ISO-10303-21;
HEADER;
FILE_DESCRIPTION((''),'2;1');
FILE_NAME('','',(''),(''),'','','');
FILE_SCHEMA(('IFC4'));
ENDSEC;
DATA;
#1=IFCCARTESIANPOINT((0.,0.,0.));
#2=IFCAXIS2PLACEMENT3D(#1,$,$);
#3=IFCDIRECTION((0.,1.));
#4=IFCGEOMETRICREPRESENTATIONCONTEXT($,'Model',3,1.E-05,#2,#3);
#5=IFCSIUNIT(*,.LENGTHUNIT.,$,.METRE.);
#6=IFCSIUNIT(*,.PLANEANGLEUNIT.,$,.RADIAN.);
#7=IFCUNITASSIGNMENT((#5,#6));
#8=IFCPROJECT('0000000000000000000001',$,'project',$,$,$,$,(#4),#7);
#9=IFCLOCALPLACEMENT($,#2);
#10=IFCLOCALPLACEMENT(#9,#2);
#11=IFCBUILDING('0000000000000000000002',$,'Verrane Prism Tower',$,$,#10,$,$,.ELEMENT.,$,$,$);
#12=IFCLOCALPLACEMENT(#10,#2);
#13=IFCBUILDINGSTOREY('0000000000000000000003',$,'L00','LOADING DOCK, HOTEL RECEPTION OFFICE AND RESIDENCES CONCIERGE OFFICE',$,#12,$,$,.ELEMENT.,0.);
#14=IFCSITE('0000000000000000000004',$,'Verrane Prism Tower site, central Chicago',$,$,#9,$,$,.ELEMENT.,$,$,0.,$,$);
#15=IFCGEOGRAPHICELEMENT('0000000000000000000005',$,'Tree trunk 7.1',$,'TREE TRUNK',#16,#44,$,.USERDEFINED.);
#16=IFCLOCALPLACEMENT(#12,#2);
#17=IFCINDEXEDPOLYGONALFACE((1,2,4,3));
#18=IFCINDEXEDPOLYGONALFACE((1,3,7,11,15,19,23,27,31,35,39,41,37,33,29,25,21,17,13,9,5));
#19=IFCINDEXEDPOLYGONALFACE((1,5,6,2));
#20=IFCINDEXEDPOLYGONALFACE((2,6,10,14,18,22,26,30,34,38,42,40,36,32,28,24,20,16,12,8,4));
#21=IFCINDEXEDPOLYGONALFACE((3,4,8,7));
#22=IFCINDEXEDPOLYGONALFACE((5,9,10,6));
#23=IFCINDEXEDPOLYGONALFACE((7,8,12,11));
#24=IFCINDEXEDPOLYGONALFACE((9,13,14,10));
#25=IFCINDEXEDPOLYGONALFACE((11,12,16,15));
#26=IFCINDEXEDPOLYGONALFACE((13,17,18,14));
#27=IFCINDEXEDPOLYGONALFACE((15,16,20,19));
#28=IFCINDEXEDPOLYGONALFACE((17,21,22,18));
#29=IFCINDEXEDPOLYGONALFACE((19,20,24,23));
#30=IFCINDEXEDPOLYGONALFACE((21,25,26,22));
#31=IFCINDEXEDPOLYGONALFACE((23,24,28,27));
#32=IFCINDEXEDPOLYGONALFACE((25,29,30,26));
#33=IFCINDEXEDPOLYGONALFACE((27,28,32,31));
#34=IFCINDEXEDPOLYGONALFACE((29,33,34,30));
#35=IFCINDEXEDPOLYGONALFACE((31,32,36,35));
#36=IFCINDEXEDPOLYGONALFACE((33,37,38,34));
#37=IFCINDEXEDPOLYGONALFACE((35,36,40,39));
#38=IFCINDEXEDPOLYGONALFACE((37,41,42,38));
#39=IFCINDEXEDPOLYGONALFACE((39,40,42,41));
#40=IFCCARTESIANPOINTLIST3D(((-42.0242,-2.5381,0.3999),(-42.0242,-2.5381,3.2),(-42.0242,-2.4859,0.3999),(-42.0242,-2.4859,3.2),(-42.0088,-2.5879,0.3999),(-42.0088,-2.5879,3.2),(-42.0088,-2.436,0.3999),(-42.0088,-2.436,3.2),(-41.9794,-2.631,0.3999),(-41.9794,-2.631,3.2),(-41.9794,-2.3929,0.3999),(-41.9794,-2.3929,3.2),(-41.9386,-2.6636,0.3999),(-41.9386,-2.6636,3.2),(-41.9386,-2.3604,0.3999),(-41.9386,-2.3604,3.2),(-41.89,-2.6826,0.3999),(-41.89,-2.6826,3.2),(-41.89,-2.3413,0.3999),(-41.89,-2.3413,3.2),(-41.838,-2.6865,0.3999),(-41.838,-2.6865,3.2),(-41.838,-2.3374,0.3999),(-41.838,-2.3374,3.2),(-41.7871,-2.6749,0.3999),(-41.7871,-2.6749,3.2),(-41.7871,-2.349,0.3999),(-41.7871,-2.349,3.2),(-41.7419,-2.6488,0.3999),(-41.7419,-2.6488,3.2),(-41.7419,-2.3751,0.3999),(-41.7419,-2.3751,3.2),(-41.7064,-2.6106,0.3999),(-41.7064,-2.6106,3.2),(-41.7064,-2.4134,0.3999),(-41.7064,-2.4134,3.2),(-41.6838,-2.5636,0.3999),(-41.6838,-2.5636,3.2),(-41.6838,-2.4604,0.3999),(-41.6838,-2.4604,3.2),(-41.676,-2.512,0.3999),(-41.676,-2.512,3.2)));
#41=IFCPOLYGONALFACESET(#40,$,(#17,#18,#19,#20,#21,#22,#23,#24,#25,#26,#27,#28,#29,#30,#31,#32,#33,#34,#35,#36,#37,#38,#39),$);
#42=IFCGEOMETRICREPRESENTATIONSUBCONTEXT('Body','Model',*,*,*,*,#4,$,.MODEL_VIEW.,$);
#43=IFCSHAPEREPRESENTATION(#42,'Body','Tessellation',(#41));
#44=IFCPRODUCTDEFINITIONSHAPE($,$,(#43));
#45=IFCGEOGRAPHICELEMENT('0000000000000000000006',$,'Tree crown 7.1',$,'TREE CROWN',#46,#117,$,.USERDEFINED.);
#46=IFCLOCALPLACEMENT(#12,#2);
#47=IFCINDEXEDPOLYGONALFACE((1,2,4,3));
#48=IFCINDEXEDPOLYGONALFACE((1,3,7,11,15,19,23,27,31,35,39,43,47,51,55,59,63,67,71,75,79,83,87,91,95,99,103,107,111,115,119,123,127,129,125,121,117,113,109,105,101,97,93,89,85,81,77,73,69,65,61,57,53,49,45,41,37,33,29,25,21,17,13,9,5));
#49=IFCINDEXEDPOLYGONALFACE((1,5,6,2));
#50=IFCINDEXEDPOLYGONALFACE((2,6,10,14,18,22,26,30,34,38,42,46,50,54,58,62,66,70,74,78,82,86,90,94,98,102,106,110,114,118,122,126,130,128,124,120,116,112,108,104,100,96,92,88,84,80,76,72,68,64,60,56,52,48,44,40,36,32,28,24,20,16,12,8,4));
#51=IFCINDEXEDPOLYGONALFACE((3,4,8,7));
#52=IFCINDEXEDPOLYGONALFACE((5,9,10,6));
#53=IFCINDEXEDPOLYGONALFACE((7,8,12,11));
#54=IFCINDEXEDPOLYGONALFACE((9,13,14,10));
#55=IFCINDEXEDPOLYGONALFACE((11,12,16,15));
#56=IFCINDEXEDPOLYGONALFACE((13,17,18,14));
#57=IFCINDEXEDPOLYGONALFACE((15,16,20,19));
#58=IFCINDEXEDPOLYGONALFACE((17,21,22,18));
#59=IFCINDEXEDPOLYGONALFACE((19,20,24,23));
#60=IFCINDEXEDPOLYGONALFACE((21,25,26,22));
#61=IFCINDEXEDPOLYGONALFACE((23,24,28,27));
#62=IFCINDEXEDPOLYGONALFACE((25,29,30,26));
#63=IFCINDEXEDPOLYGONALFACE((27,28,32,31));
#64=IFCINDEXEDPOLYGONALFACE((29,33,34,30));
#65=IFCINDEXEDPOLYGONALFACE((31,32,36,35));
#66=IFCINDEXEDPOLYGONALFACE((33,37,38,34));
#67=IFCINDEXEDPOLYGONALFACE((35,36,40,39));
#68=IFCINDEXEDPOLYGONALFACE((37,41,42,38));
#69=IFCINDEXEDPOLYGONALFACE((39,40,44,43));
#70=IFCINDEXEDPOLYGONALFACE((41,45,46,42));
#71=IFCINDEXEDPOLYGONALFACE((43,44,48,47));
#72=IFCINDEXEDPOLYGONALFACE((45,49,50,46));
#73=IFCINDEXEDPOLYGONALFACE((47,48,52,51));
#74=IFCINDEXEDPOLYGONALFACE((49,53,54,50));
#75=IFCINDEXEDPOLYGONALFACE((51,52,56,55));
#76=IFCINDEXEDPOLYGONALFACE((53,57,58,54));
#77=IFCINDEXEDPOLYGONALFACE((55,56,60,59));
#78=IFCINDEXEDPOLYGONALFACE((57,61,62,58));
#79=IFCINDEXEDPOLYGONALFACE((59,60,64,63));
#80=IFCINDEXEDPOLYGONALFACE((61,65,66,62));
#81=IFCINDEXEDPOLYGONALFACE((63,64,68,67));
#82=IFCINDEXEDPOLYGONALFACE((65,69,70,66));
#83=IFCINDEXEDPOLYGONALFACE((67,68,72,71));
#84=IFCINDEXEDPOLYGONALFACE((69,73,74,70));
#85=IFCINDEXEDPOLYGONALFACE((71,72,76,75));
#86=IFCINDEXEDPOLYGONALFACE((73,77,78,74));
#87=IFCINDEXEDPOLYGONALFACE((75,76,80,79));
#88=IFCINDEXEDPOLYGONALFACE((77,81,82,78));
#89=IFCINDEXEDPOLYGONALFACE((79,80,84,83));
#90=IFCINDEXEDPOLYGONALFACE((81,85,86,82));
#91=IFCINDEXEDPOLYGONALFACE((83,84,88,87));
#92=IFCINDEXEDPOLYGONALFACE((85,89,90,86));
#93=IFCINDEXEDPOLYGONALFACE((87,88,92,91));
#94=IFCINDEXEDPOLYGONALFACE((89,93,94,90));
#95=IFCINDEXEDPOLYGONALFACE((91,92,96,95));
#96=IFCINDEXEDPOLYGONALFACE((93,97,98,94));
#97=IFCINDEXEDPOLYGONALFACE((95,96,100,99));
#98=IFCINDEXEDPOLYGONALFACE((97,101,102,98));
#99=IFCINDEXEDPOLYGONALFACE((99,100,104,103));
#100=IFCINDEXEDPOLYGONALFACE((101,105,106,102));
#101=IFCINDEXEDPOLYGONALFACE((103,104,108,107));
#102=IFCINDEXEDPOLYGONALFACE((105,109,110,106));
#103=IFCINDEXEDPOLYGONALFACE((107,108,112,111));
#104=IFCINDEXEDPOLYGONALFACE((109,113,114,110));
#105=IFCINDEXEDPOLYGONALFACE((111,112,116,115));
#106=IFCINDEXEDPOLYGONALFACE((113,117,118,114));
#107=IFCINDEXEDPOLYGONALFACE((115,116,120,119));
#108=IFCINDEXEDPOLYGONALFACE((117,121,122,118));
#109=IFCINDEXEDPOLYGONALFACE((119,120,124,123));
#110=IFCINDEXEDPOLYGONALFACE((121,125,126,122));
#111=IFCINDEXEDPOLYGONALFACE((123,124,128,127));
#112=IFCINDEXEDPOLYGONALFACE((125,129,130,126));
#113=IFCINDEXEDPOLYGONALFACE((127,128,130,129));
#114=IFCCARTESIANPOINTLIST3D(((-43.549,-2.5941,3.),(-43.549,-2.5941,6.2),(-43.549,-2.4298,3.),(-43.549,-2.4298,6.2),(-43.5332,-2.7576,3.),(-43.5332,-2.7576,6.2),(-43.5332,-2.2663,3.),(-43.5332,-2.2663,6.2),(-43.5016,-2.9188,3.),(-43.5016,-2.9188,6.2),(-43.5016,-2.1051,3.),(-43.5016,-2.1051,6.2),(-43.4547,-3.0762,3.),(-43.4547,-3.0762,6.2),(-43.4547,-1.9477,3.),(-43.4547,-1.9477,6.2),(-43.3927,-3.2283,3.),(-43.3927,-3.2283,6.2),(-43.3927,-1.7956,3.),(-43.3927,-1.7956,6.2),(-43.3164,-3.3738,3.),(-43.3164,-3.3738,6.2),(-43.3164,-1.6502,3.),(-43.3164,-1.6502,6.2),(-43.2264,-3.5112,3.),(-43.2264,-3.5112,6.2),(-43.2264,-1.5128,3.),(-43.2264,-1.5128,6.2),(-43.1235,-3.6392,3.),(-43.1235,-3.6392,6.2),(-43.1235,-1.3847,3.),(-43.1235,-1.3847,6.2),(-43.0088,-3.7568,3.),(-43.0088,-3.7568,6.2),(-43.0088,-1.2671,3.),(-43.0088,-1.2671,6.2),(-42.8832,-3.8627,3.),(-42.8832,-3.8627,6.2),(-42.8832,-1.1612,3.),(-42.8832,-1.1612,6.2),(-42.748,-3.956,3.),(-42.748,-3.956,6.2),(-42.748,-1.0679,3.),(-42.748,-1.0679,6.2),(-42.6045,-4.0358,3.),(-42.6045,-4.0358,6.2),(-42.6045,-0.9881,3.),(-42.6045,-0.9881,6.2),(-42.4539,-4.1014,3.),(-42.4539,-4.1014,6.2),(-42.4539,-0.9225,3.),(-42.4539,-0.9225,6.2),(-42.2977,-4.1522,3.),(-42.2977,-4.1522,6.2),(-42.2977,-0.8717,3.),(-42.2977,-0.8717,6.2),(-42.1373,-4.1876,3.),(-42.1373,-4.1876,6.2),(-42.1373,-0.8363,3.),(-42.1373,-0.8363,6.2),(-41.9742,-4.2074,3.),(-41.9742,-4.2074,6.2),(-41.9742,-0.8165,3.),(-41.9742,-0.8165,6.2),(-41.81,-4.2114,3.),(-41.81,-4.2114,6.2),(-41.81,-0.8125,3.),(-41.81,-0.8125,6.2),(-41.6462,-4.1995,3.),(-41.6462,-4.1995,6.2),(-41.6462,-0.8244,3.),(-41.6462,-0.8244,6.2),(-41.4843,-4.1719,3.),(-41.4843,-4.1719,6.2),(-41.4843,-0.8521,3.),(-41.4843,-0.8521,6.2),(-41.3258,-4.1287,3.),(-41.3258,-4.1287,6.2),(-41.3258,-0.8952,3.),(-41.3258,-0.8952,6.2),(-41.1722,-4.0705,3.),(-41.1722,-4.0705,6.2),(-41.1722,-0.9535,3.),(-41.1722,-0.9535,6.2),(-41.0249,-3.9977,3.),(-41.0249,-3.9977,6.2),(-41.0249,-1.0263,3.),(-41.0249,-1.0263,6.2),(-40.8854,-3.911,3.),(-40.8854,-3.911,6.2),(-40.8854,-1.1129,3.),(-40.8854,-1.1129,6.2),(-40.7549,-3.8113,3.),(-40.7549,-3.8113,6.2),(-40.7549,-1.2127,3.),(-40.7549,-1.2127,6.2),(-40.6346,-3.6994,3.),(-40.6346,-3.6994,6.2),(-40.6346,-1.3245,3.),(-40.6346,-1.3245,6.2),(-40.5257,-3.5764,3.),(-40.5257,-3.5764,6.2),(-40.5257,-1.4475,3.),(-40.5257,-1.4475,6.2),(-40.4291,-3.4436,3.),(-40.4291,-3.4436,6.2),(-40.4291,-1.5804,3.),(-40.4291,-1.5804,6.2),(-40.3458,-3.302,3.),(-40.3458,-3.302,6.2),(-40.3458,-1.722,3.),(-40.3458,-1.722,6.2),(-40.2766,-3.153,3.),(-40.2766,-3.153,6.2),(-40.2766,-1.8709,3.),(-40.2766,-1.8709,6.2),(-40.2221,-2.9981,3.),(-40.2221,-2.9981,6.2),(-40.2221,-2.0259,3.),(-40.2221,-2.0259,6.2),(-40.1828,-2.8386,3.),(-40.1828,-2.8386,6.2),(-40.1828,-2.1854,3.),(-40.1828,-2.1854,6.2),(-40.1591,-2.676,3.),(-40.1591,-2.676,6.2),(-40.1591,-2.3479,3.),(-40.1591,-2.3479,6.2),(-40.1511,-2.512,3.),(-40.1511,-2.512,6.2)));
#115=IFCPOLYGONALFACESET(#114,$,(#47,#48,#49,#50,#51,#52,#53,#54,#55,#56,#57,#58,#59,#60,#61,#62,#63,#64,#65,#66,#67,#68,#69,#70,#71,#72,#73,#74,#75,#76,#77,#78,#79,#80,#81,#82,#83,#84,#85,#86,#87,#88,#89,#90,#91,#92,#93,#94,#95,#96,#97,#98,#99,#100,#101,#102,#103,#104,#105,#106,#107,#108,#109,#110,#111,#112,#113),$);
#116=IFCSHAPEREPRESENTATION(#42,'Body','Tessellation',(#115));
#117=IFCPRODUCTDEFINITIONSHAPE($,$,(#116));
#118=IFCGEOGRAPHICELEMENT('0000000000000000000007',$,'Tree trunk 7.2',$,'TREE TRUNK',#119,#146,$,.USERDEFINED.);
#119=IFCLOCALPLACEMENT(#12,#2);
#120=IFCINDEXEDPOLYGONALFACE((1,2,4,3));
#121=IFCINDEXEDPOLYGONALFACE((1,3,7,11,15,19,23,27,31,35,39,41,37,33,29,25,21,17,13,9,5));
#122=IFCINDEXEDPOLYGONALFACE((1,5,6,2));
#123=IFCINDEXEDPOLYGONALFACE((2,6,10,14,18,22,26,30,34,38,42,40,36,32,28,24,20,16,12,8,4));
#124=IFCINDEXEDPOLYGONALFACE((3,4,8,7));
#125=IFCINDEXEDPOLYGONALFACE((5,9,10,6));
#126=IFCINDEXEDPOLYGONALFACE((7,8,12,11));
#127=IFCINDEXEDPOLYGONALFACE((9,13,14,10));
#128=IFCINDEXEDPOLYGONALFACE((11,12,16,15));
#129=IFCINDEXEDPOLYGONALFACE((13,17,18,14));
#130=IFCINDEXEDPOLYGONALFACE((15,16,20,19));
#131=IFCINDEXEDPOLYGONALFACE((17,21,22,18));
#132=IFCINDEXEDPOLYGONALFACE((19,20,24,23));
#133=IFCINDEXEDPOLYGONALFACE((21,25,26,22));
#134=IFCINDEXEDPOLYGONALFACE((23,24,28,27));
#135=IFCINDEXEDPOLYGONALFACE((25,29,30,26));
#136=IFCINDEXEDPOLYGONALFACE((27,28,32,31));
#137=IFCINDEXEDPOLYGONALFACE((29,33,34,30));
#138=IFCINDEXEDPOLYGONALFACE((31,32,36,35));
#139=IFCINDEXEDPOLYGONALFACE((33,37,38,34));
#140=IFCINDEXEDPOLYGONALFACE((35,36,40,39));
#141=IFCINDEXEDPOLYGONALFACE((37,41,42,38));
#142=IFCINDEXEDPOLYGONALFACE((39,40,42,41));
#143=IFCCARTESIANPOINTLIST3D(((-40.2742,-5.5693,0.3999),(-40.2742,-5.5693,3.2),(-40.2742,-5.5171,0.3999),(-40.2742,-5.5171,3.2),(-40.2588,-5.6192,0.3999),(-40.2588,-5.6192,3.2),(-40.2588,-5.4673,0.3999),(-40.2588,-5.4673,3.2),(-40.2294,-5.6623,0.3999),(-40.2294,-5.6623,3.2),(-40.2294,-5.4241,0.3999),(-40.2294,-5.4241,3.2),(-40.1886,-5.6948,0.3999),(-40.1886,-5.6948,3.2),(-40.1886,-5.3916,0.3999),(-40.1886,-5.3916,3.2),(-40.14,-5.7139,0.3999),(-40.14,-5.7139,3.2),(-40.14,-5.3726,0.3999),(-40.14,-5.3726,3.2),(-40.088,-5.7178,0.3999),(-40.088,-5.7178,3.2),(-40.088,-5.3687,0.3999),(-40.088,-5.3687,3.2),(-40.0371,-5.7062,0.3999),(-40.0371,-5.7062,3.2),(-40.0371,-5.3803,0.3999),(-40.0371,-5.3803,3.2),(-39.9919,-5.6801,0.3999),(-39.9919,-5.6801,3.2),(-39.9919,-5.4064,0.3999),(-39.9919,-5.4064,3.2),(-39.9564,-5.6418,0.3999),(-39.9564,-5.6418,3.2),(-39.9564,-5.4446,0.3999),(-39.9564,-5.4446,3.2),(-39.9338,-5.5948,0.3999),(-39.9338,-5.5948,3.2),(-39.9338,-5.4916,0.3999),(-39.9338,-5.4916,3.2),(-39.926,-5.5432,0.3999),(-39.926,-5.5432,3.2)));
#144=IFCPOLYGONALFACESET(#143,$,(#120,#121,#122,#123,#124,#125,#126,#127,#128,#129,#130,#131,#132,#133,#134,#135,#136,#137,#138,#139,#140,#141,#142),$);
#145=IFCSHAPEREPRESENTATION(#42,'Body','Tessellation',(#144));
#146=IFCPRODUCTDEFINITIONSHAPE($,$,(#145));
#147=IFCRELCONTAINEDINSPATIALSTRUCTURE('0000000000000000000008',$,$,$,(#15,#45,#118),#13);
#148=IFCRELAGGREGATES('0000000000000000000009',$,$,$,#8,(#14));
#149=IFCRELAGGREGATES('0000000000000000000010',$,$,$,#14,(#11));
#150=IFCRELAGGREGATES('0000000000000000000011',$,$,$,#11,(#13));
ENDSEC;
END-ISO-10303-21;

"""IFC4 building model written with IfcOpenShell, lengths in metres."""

from ifc_helpers import new_model, si_unit, direction, frame, origin, origin_2d, place, context, subcontext, project, spatial, circle, extrude, element, save


model = new_model("IFC4")

# Units and contexts
model_context = context("Model", 3, precision=1e-05, world=origin(), true_north=direction((0.0, 1.0)))
body_context = subcontext(model_context, "Body", "Model", "MODEL_VIEW")
ifc_project = project(units=[si_unit("LENGTHUNIT", "METRE"), si_unit("PLANEANGLEUNIT", "RADIAN")], contexts=[model_context])

# Site, building, storey
site_placement = place(None, origin())
site = spatial("IfcSite", under=ifc_project, at=site_placement, Name="Verrane Prism Tower site, central Chicago", CompositionType="ELEMENT", RefElevation=0.0)
building_placement = place(site_placement, origin())
building = spatial("IfcBuilding", under=site, at=building_placement, Name="Verrane Prism Tower", CompositionType="ELEMENT")
storey_placement = place(building_placement, origin())
storey = spatial("IfcBuildingStorey", under=building, at=storey_placement, Name="L00", Description="LOADING DOCK, HOTEL RECEPTION OFFICE AND RESIDENCES CONCIERGE OFFICE", CompositionType="ELEMENT", Elevation=0.0)

# Geographic elements
geographic_element_1_placement = place(storey_placement, frame((-41.8511, -2.512, 3.2), z_axis=(0.0, 0.0, -1.0), x_axis=(1.0, 0.0, 0.0)))
element("IfcGeographicElement", 1, at=geographic_element_1_placement, inside=storey, Name="Tree trunk 7.1", ObjectType="TREE TRUNK", PredefinedType="USERDEFINED", context=body_context, shape_type="SweptSolid", body=[
    extrude(circle(Radius=0.175, at=origin_2d()), origin(), (0.0, 0.0, 1.0), 2.8),
])
geographic_element_2_placement = place(storey_placement, frame((-41.8511, -2.512, 6.2), z_axis=(0.0, 0.0, -1.0), x_axis=(1.0, 0.0, 0.0)))
element("IfcGeographicElement", 2, at=geographic_element_2_placement, inside=storey, Name="Tree crown 7.1", ObjectType="TREE CROWN", PredefinedType="USERDEFINED", context=body_context, shape_type="SweptSolid", body=[
    extrude(circle(Radius=1.7, at=origin_2d()), origin(), (0.0, 0.0, 1.0), 3.2),
])
geographic_element_3_placement = place(storey_placement, frame((-40.1011, -5.5432, 3.2), z_axis=(0.0, 0.0, -1.0), x_axis=(1.0, 0.0, 0.0)))
element("IfcGeographicElement", 3, at=geographic_element_3_placement, inside=storey, Name="Tree trunk 7.2", ObjectType="TREE TRUNK", PredefinedType="USERDEFINED", context=body_context, shape_type="SweptSolid", body=[
    extrude(circle(Radius=0.175, at=origin_2d()), origin(), (0.0, 0.0, 1.0), 2.8),
])

save(model, "model.ifc")
